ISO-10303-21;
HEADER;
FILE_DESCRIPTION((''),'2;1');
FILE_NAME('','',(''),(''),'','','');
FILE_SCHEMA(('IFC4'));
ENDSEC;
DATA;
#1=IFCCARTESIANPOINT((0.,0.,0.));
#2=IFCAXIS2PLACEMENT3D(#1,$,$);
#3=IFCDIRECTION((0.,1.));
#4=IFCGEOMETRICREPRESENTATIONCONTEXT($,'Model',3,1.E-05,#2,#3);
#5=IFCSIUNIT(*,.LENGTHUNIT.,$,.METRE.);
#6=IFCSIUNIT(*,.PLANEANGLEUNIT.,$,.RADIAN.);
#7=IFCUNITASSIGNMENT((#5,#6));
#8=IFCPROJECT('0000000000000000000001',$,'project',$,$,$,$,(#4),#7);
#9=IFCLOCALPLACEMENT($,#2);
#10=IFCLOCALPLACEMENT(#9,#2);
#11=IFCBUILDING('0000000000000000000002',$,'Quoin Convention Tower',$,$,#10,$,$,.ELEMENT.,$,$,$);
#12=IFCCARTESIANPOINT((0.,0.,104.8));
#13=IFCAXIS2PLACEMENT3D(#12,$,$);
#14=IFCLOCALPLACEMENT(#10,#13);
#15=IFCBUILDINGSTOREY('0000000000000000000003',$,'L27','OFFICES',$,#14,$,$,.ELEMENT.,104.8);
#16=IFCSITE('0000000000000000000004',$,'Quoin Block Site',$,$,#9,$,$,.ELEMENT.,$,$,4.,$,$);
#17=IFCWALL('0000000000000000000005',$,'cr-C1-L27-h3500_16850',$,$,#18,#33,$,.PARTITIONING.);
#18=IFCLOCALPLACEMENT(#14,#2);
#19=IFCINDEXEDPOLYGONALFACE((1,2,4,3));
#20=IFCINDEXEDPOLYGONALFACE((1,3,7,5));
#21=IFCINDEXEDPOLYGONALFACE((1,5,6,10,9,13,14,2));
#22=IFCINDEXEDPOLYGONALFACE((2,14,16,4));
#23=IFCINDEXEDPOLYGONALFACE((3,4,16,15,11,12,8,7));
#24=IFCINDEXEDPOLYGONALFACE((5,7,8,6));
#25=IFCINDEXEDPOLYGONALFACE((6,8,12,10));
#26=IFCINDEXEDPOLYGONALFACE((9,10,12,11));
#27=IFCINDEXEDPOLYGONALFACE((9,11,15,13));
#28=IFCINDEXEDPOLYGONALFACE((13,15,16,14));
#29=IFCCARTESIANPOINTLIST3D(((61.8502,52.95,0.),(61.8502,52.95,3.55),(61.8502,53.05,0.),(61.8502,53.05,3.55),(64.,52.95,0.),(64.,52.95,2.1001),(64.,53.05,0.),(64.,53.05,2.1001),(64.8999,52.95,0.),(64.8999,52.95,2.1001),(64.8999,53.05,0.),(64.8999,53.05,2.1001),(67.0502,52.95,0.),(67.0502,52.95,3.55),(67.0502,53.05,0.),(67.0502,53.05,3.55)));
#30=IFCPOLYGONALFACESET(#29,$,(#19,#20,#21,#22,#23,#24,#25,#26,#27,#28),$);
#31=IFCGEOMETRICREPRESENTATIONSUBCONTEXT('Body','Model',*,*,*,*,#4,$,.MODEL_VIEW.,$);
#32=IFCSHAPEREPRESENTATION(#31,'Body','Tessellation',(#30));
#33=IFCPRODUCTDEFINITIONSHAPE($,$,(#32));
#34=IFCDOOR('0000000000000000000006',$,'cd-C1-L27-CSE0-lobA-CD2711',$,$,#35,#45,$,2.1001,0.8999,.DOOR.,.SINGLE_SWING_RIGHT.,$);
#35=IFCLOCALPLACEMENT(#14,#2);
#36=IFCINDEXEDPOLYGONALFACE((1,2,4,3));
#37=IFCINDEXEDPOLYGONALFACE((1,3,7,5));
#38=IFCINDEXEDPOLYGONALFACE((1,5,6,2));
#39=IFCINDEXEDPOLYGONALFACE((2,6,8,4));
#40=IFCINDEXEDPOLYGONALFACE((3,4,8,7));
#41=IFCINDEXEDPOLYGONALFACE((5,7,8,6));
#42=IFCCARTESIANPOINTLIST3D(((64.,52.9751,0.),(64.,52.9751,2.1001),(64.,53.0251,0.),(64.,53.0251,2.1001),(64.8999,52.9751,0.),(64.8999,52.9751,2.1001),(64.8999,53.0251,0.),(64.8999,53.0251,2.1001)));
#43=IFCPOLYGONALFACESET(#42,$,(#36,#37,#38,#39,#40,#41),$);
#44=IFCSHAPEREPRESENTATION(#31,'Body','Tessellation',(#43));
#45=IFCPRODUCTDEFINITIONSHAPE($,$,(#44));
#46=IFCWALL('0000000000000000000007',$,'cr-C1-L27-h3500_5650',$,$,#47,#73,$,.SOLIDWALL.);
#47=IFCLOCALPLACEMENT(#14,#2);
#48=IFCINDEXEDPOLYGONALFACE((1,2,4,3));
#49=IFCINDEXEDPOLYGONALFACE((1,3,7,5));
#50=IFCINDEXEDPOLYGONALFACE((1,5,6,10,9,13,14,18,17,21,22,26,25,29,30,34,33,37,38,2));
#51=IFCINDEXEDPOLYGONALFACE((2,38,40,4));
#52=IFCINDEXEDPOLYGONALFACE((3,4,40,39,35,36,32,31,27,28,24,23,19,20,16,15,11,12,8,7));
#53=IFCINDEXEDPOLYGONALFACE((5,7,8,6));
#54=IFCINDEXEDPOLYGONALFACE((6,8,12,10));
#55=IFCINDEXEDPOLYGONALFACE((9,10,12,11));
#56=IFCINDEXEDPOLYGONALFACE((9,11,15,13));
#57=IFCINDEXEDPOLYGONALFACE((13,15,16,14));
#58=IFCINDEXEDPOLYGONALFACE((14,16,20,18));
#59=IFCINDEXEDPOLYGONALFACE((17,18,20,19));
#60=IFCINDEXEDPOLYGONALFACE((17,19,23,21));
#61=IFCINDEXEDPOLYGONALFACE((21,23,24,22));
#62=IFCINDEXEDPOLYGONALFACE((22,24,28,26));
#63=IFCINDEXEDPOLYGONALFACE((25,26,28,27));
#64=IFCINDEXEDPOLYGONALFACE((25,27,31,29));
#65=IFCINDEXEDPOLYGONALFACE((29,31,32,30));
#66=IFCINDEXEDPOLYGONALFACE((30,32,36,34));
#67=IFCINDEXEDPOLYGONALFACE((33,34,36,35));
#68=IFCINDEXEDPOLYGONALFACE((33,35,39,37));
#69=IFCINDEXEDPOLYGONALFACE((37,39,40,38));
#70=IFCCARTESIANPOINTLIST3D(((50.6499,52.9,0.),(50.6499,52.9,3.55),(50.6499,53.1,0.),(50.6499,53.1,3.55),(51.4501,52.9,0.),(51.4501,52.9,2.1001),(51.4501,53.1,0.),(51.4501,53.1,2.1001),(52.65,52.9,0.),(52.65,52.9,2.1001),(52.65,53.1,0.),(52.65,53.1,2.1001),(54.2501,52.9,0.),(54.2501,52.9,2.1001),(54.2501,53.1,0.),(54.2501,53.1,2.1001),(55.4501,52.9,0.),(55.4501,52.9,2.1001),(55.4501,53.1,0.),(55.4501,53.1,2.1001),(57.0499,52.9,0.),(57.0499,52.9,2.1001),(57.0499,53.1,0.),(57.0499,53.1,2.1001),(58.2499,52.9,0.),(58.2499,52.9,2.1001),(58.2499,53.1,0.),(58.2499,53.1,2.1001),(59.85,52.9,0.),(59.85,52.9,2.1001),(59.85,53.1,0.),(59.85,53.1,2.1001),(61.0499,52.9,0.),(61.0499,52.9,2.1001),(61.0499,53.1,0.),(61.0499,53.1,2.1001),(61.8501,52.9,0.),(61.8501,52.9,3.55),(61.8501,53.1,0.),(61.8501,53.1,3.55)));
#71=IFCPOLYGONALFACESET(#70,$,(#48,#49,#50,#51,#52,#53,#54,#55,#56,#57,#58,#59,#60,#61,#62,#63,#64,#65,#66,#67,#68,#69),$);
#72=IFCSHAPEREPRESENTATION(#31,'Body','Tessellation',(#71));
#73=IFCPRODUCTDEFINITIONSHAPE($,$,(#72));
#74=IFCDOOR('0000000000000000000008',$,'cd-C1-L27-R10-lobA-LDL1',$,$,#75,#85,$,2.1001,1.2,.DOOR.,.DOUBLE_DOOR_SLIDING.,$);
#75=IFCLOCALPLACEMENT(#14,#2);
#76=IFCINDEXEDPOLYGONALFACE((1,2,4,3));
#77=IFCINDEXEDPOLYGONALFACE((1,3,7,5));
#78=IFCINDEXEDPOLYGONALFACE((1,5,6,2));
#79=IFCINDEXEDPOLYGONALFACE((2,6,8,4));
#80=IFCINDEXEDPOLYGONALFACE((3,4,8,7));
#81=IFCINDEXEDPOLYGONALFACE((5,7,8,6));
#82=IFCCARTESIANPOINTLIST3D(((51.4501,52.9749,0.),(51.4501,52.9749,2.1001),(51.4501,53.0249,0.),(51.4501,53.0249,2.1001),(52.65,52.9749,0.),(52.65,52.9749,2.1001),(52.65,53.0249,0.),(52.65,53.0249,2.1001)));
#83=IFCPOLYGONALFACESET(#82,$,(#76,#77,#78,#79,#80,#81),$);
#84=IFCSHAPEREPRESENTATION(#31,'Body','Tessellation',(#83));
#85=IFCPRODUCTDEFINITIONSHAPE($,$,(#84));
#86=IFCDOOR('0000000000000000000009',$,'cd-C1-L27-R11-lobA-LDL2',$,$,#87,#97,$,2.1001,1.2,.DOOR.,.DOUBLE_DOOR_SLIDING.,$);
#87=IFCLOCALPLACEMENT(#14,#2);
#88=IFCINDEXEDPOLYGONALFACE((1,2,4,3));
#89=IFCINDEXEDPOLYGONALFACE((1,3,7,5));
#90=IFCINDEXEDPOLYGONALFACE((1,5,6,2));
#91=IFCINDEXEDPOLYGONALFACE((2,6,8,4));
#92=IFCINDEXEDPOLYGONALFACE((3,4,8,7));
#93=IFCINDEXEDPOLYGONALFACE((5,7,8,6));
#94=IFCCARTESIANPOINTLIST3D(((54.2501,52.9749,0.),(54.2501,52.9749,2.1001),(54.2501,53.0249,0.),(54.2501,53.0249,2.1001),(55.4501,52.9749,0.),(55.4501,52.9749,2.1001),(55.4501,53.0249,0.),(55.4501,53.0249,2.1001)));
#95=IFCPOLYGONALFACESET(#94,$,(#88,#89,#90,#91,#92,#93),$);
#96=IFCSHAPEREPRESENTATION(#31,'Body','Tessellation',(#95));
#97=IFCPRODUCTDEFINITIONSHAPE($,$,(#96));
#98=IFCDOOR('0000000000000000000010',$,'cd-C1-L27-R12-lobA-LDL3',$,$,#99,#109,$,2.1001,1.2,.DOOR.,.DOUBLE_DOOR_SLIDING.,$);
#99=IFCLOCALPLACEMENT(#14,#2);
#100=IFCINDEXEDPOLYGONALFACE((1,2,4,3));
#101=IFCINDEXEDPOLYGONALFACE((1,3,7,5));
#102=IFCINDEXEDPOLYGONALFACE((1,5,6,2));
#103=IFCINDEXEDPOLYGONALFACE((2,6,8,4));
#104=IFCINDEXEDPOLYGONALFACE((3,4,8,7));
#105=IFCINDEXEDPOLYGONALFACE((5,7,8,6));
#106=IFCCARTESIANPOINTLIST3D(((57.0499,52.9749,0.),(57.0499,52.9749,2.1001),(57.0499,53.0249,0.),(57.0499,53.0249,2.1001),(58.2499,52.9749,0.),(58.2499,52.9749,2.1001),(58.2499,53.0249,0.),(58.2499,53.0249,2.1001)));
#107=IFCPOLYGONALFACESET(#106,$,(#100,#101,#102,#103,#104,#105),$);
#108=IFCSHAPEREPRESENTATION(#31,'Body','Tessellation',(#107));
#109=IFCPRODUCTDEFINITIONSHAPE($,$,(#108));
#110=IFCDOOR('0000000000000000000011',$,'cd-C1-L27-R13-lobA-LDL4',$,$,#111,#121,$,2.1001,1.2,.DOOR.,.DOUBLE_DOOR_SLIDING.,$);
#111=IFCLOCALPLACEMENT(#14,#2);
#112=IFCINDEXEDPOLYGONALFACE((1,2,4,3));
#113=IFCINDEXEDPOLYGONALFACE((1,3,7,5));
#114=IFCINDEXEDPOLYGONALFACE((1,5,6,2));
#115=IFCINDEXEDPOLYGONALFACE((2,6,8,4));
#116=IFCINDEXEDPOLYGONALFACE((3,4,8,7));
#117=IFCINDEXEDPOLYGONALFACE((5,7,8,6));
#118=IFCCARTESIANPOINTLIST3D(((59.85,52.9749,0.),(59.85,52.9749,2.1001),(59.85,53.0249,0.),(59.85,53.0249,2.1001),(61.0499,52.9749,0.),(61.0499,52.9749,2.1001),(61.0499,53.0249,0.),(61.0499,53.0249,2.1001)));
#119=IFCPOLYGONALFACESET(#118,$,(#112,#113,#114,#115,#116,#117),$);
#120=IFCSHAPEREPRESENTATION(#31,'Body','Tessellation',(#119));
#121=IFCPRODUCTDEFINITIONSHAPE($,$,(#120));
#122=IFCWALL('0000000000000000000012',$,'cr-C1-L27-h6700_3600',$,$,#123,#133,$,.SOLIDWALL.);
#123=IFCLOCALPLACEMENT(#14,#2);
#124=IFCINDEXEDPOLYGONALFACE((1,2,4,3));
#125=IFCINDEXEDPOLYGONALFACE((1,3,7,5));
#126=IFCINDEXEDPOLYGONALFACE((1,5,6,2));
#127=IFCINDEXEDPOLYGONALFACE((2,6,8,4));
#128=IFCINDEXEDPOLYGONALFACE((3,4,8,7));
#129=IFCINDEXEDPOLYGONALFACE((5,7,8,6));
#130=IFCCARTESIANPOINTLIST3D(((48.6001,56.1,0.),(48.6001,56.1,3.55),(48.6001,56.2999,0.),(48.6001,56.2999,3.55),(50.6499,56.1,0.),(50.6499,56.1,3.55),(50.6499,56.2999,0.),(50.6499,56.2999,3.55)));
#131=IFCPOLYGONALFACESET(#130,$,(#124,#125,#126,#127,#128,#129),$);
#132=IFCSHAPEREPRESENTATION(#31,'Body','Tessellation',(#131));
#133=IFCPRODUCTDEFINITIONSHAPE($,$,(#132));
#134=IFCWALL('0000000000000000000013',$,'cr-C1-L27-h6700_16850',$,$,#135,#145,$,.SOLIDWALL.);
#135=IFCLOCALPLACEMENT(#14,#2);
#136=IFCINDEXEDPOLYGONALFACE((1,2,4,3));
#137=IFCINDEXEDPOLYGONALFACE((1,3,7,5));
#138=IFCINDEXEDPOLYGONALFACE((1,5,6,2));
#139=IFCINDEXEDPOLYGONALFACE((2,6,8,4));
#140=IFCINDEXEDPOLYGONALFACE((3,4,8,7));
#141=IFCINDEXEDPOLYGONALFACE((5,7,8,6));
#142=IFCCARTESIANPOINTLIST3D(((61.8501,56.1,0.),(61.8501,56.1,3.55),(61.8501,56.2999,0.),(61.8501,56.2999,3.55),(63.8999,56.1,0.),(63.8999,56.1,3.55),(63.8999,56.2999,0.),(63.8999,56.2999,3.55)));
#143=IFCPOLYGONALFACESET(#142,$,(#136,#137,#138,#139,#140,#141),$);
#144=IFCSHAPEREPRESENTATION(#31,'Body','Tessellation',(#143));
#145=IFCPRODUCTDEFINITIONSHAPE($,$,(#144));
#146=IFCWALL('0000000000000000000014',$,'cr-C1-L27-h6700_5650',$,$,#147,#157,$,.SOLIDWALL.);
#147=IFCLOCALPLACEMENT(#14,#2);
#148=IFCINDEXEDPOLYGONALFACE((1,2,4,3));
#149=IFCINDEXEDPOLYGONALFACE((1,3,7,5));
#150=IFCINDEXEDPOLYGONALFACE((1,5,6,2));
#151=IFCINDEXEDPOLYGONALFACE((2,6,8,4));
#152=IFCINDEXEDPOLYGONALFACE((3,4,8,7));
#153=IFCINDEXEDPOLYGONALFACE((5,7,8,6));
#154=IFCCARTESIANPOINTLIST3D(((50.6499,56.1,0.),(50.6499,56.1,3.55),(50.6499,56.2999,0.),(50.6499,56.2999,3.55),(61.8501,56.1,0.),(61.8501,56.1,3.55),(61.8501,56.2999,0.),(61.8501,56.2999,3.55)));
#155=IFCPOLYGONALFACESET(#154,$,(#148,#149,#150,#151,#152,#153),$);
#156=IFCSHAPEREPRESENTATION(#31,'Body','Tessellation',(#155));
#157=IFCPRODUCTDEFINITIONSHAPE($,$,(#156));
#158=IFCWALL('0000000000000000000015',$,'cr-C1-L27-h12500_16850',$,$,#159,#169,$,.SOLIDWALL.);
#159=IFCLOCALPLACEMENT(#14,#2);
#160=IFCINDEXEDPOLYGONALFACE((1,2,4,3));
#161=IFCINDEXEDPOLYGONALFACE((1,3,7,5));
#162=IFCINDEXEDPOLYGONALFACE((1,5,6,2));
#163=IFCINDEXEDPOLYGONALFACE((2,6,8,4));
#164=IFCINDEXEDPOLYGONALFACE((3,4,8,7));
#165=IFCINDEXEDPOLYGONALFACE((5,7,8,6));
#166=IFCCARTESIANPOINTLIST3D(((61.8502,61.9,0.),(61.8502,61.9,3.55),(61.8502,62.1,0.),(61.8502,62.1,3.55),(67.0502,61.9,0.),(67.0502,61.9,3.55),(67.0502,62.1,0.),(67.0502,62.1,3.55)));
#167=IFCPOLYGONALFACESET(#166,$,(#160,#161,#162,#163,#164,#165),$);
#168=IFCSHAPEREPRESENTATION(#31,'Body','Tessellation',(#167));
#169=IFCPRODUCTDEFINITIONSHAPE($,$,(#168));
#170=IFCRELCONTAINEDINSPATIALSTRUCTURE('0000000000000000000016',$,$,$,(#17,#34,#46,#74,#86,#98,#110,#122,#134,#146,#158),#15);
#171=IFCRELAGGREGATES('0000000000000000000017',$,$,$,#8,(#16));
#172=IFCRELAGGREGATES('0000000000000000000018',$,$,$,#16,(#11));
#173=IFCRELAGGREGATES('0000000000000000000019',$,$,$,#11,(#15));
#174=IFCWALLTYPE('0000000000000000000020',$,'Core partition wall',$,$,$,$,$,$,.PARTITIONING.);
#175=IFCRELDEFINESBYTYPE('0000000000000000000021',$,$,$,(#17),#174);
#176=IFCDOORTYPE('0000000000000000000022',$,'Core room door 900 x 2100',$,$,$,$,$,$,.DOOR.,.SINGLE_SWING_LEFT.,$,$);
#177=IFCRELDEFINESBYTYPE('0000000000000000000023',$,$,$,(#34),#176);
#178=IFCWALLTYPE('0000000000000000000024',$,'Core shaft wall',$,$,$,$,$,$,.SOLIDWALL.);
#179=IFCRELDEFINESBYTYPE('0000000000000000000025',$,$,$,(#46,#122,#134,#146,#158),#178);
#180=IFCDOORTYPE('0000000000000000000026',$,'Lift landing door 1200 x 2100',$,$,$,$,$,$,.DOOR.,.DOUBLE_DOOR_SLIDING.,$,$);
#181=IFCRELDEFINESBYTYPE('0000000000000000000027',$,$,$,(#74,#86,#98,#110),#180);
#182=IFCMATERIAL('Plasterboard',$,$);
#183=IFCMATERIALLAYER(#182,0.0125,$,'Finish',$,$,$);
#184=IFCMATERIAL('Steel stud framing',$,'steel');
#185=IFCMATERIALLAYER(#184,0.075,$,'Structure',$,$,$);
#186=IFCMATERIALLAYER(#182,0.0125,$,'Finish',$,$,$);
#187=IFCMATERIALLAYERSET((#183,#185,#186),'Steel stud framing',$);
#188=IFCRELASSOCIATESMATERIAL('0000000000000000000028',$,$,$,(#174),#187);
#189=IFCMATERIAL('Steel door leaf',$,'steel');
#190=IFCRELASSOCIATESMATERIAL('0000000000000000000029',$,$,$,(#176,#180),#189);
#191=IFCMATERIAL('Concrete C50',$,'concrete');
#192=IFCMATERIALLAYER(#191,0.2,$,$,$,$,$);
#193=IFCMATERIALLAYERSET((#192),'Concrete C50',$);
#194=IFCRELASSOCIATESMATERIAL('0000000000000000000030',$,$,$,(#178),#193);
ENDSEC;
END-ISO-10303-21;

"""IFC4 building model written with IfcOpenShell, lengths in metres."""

from ifc_helpers import new_model, si_unit, direction, frame, frame_2d, origin, place, context, subcontext, project, spatial, rectangle, extrude, material, layer, layer_set, type_object, element, fill, save


model = new_model("IFC4")

# Units and contexts
model_context = context("Model", 3, precision=1e-05, world=origin(), true_north=direction((0.0, 1.0)))
body_context = subcontext(model_context, "Body", "Model", "MODEL_VIEW")
ifc_project = project(units=[si_unit("LENGTHUNIT", "METRE"), si_unit("PLANEANGLEUNIT", "RADIAN")], contexts=[model_context])

# Site, building, storey
site_placement = place(None, origin())
site = spatial("IfcSite", under=ifc_project, at=site_placement, Name="Quoin Block Site", CompositionType="ELEMENT", RefElevation=4.0)
building_placement = place(site_placement, origin())
building = spatial("IfcBuilding", under=site, at=building_placement, Name="Quoin Convention Tower", CompositionType="ELEMENT")
storey_placement = place(building_placement, frame((0.0, 0.0, 104.8)))
storey = spatial("IfcBuildingStorey", under=building, at=storey_placement, Name="L27", Description="OFFICES", CompositionType="ELEMENT", Elevation=104.8)

# Wall, opening, door
ifc_material_1 = material(Name="Plasterboard")
ifc_layer_1 = layer(ifc_material_1, 0.0125, Name="Finish")
ifc_material_2 = material(Name="Steel stud framing", Category="steel")
ifc_layer_2 = layer(ifc_material_2, 0.075, Name="Structure")
ifc_layer_3 = layer(ifc_material_1, 0.0125, Name="Finish")
ifc_layer_set_1 = layer_set([ifc_layer_1, ifc_layer_2, ifc_layer_3], Name="Steel stud framing")
wall_type_1 = type_object("IfcWallType", Name="Core partition wall", PredefinedType="PARTITIONING", material=ifc_layer_set_1)
wall_1_placement = place(storey_placement, frame((61.8501, 53.0, 0.0), z_axis=(0.0, 0.0, 1.0), x_axis=(1.0, 0.0, 0.0)))
wall_1 = element("IfcWall", 1, at=wall_1_placement, inside=storey, type_object=wall_type_1, Name="cr-C1-L27-h3500_16850", PredefinedType="PARTITIONING", context=body_context, shape_type="SweptSolid", body=[
    extrude(rectangle(XDim=5.2, YDim=0.1001, at=frame_2d((2.6001, 0.0))), origin(), (0.0, 0.0, 1.0), 3.55),
])
opening_1_placement = place(wall_1_placement, frame((2.1499, 0.0, 0.0)))
opening_1 = element("IfcOpeningElement", 2, at=opening_1_placement, cuts=wall_1, PredefinedType="OPENING", context=body_context, shape_type="SweptSolid", body=[
    extrude(rectangle(XDim=0.8999, YDim=2.1001, at=frame_2d((0.45, 1.05))), frame((0.0, 0.0601, 0.0), z_axis=(0.0, -1.0, 0.0), x_axis=(1.0, 0.0, 0.0)), (0.0, 0.0, 1.0), 0.1201),
])
ifc_material_3 = material(Name="Steel door leaf", Category="steel")
door_type_1 = type_object("IfcDoorType", Name="Core room door 900 x 2100", OperationType="SINGLE_SWING_LEFT", PredefinedType="DOOR", material=ifc_material_3)
door_1_placement = place(opening_1_placement, frame((0.8999, 0.0, 0.0), z_axis=(0.0, 0.0, 1.0), x_axis=(-1.0, 0.0, 0.0)))
door_1 = element("IfcDoor", 3, at=door_1_placement, inside=storey, type_object=door_type_1, Name="cd-C1-L27-CSE0-lobA-CD2711", OperationType="SINGLE_SWING_RIGHT", OverallHeight=2.1001, OverallWidth=0.8999, PredefinedType="DOOR", context=body_context, shape_type="SweptSolid", body=[
    extrude(rectangle(XDim=0.8999, YDim=2.1001, at=frame_2d((0.45, 1.05))), frame((0.0, 0.0249, 0.0), z_axis=(0.0, -1.0, 0.0), x_axis=(1.0, 0.0, 0.0)), (0.0, 0.0, 1.0), 0.05),
])
fill(opening_1, door_1)

# Wall, openings, doors
ifc_material_4 = material(Name="Concrete C50", Category="concrete")
ifc_layer_4 = layer(ifc_material_4, 0.2)
ifc_layer_set_2 = layer_set([ifc_layer_4], Name="Concrete C50")
wall_type_2 = type_object("IfcWallType", Name="Core shaft wall", PredefinedType="SOLIDWALL", material=ifc_layer_set_2)
wall_2_placement = place(storey_placement, frame((50.6499, 53.0, 0.0), z_axis=(0.0, 0.0, 1.0), x_axis=(1.0, 0.0, 0.0)))
wall_2 = element("IfcWall", 4, at=wall_2_placement, inside=storey, type_object=wall_type_2, Name="cr-C1-L27-h3500_5650", PredefinedType="SOLIDWALL", context=body_context, shape_type="SweptSolid", body=[
    extrude(rectangle(XDim=11.2002, YDim=0.2, at=frame_2d((5.6001, 0.0))), origin(), (0.0, 0.0, 1.0), 3.55),
])
opening_2_placement = place(wall_2_placement, frame((0.8, 0.0, 0.0)))
opening_2 = element("IfcOpeningElement", 5, at=opening_2_placement, cuts=wall_2, PredefinedType="OPENING", context=body_context, shape_type="SweptSolid", body=[
    extrude(rectangle(XDim=1.2, YDim=2.1001, at=frame_2d((0.6001, 1.05))), frame((0.0, 0.1099, 0.0), z_axis=(0.0, -1.0, 0.0), x_axis=(1.0, 0.0, 0.0)), (0.0, 0.0, 1.0), 0.22),
])
opening_3_placement = place(wall_2_placement, frame((3.6001, 0.0, 0.0)))
opening_3 = element("IfcOpeningElement", 6, at=opening_3_placement, cuts=wall_2, PredefinedType="OPENING", context=body_context, shape_type="SweptSolid", body=[
    extrude(rectangle(XDim=1.2, YDim=2.1001, at=frame_2d((0.6001, 1.05))), frame((0.0, 0.1099, 0.0), z_axis=(0.0, -1.0, 0.0), x_axis=(1.0, 0.0, 0.0)), (0.0, 0.0, 1.0), 0.22),
])
opening_4_placement = place(wall_2_placement, frame((6.3999, 0.0, 0.0)))
opening_4 = element("IfcOpeningElement", 7, at=opening_4_placement, cuts=wall_2, PredefinedType="OPENING", context=body_context, shape_type="SweptSolid", body=[
    extrude(rectangle(XDim=1.2, YDim=2.1001, at=frame_2d((0.6001, 1.05))), frame((0.0, 0.1099, 0.0), z_axis=(0.0, -1.0, 0.0), x_axis=(1.0, 0.0, 0.0)), (0.0, 0.0, 1.0), 0.22),
])
opening_5_placement = place(wall_2_placement, frame((9.2, 0.0, 0.0)))
opening_5 = element("IfcOpeningElement", 8, at=opening_5_placement, cuts=wall_2, PredefinedType="OPENING", context=body_context, shape_type="SweptSolid", body=[
    extrude(rectangle(XDim=1.2, YDim=2.1001, at=frame_2d((0.6001, 1.05))), frame((0.0, 0.1099, 0.0), z_axis=(0.0, -1.0, 0.0), x_axis=(1.0, 0.0, 0.0)), (0.0, 0.0, 1.0), 0.22),
])
door_type_2 = type_object("IfcDoorType", Name="Lift landing door 1200 x 2100", OperationType="DOUBLE_DOOR_SLIDING", PredefinedType="DOOR", material=ifc_material_3)
door_2_placement = place(opening_2_placement, origin())
door_2 = element("IfcDoor", 9, at=door_2_placement, inside=storey, type_object=door_type_2, Name="cd-C1-L27-R10-lobA-LDL1", OperationType="DOUBLE_DOOR_SLIDING", OverallHeight=2.1001, OverallWidth=1.2, PredefinedType="DOOR", context=body_context, shape_type="SweptSolid", body=[
    extrude(rectangle(XDim=1.2, YDim=2.1001, at=frame_2d((0.6001, 1.05))), frame((0.0, 0.0249, 0.0), z_axis=(0.0, -1.0, 0.0), x_axis=(1.0, 0.0, 0.0)), (0.0, 0.0, 1.0), 0.05),
])
fill(opening_2, door_2)
door_3_placement = place(opening_3_placement, origin())
door_3 = element("IfcDoor", 10, at=door_3_placement, inside=storey, type_object=door_type_2, Name="cd-C1-L27-R11-lobA-LDL2", OperationType="DOUBLE_DOOR_SLIDING", OverallHeight=2.1001, OverallWidth=1.2, PredefinedType="DOOR", context=body_context, shape_type="SweptSolid", body=[
    extrude(rectangle(XDim=1.2, YDim=2.1001, at=frame_2d((0.6001, 1.05))), frame((0.0, 0.0249, 0.0), z_axis=(0.0, -1.0, 0.0), x_axis=(1.0, 0.0, 0.0)), (0.0, 0.0, 1.0), 0.05),
])
fill(opening_3, door_3)
door_4_placement = place(opening_4_placement, origin())
door_4 = element("IfcDoor", 11, at=door_4_placement, inside=storey, type_object=door_type_2, Name="cd-C1-L27-R12-lobA-LDL3", OperationType="DOUBLE_DOOR_SLIDING", OverallHeight=2.1001, OverallWidth=1.2, PredefinedType="DOOR", context=body_context, shape_type="SweptSolid", body=[
    extrude(rectangle(XDim=1.2, YDim=2.1001, at=frame_2d((0.6001, 1.05))), frame((0.0, 0.0249, 0.0), z_axis=(0.0, -1.0, 0.0), x_axis=(1.0, 0.0, 0.0)), (0.0, 0.0, 1.0), 0.05),
])
fill(opening_4, door_4)
door_5_placement = place(opening_5_placement, origin())
door_5 = element("IfcDoor", 12, at=door_5_placement, inside=storey, type_object=door_type_2, Name="cd-C1-L27-R13-lobA-LDL4", OperationType="DOUBLE_DOOR_SLIDING", OverallHeight=2.1001, OverallWidth=1.2, PredefinedType="DOOR", context=body_context, shape_type="SweptSolid", body=[
    extrude(rectangle(XDim=1.2, YDim=2.1001, at=frame_2d((0.6001, 1.05))), frame((0.0, 0.0249, 0.0), z_axis=(0.0, -1.0, 0.0), x_axis=(1.0, 0.0, 0.0)), (0.0, 0.0, 1.0), 0.05),
])
fill(opening_5, door_5)

# Walls
for number, where, z_axis, x_axis, name in (
    (13, (48.6001, 56.2, 0.0), (0.0, 0.0, 1.0), (1.0, 0.0, 0.0), "cr-C1-L27-h6700_3600"),
    (14, (61.8501, 56.2, 0.0), (0.0, 0.0, 1.0), (1.0, 0.0, 0.0), "cr-C1-L27-h6700_16850"),
):
    element("IfcWall", number, at=place(storey_placement, frame(where, z_axis=z_axis, x_axis=x_axis)), inside=storey, type_object=wall_type_2, Name=name, PredefinedType="SOLIDWALL", context=body_context, shape_type="SweptSolid", body=[
        extrude(rectangle(XDim=2.0498, YDim=0.2, at=frame_2d((1.0249, 0.0))), origin(), (0.0, 0.0, 1.0), 3.55),
    ])
wall_3_placement = place(storey_placement, frame((50.6499, 56.2, 0.0), z_axis=(0.0, 0.0, 1.0), x_axis=(1.0, 0.0, 0.0)))
element("IfcWall", 15, at=wall_3_placement, inside=storey, type_object=wall_type_2, Name="cr-C1-L27-h6700_5650", PredefinedType="SOLIDWALL", context=body_context, shape_type="SweptSolid", body=[
    extrude(rectangle(XDim=11.2002, YDim=0.2, at=frame_2d((5.6001, 0.0))), origin(), (0.0, 0.0, 1.0), 3.55),
])
wall_4_placement = place(storey_placement, frame((61.8501, 62.0, 0.0), z_axis=(0.0, 0.0, 1.0), x_axis=(1.0, 0.0, 0.0)))
element("IfcWall", 16, at=wall_4_placement, inside=storey, type_object=wall_type_2, Name="cr-C1-L27-h12500_16850", PredefinedType="SOLIDWALL", context=body_context, shape_type="SweptSolid", body=[
    extrude(rectangle(XDim=5.2, YDim=0.2, at=frame_2d((2.6001, 0.0))), origin(), (0.0, 0.0, 1.0), 3.55),
])

save(model, "model.ifc")
